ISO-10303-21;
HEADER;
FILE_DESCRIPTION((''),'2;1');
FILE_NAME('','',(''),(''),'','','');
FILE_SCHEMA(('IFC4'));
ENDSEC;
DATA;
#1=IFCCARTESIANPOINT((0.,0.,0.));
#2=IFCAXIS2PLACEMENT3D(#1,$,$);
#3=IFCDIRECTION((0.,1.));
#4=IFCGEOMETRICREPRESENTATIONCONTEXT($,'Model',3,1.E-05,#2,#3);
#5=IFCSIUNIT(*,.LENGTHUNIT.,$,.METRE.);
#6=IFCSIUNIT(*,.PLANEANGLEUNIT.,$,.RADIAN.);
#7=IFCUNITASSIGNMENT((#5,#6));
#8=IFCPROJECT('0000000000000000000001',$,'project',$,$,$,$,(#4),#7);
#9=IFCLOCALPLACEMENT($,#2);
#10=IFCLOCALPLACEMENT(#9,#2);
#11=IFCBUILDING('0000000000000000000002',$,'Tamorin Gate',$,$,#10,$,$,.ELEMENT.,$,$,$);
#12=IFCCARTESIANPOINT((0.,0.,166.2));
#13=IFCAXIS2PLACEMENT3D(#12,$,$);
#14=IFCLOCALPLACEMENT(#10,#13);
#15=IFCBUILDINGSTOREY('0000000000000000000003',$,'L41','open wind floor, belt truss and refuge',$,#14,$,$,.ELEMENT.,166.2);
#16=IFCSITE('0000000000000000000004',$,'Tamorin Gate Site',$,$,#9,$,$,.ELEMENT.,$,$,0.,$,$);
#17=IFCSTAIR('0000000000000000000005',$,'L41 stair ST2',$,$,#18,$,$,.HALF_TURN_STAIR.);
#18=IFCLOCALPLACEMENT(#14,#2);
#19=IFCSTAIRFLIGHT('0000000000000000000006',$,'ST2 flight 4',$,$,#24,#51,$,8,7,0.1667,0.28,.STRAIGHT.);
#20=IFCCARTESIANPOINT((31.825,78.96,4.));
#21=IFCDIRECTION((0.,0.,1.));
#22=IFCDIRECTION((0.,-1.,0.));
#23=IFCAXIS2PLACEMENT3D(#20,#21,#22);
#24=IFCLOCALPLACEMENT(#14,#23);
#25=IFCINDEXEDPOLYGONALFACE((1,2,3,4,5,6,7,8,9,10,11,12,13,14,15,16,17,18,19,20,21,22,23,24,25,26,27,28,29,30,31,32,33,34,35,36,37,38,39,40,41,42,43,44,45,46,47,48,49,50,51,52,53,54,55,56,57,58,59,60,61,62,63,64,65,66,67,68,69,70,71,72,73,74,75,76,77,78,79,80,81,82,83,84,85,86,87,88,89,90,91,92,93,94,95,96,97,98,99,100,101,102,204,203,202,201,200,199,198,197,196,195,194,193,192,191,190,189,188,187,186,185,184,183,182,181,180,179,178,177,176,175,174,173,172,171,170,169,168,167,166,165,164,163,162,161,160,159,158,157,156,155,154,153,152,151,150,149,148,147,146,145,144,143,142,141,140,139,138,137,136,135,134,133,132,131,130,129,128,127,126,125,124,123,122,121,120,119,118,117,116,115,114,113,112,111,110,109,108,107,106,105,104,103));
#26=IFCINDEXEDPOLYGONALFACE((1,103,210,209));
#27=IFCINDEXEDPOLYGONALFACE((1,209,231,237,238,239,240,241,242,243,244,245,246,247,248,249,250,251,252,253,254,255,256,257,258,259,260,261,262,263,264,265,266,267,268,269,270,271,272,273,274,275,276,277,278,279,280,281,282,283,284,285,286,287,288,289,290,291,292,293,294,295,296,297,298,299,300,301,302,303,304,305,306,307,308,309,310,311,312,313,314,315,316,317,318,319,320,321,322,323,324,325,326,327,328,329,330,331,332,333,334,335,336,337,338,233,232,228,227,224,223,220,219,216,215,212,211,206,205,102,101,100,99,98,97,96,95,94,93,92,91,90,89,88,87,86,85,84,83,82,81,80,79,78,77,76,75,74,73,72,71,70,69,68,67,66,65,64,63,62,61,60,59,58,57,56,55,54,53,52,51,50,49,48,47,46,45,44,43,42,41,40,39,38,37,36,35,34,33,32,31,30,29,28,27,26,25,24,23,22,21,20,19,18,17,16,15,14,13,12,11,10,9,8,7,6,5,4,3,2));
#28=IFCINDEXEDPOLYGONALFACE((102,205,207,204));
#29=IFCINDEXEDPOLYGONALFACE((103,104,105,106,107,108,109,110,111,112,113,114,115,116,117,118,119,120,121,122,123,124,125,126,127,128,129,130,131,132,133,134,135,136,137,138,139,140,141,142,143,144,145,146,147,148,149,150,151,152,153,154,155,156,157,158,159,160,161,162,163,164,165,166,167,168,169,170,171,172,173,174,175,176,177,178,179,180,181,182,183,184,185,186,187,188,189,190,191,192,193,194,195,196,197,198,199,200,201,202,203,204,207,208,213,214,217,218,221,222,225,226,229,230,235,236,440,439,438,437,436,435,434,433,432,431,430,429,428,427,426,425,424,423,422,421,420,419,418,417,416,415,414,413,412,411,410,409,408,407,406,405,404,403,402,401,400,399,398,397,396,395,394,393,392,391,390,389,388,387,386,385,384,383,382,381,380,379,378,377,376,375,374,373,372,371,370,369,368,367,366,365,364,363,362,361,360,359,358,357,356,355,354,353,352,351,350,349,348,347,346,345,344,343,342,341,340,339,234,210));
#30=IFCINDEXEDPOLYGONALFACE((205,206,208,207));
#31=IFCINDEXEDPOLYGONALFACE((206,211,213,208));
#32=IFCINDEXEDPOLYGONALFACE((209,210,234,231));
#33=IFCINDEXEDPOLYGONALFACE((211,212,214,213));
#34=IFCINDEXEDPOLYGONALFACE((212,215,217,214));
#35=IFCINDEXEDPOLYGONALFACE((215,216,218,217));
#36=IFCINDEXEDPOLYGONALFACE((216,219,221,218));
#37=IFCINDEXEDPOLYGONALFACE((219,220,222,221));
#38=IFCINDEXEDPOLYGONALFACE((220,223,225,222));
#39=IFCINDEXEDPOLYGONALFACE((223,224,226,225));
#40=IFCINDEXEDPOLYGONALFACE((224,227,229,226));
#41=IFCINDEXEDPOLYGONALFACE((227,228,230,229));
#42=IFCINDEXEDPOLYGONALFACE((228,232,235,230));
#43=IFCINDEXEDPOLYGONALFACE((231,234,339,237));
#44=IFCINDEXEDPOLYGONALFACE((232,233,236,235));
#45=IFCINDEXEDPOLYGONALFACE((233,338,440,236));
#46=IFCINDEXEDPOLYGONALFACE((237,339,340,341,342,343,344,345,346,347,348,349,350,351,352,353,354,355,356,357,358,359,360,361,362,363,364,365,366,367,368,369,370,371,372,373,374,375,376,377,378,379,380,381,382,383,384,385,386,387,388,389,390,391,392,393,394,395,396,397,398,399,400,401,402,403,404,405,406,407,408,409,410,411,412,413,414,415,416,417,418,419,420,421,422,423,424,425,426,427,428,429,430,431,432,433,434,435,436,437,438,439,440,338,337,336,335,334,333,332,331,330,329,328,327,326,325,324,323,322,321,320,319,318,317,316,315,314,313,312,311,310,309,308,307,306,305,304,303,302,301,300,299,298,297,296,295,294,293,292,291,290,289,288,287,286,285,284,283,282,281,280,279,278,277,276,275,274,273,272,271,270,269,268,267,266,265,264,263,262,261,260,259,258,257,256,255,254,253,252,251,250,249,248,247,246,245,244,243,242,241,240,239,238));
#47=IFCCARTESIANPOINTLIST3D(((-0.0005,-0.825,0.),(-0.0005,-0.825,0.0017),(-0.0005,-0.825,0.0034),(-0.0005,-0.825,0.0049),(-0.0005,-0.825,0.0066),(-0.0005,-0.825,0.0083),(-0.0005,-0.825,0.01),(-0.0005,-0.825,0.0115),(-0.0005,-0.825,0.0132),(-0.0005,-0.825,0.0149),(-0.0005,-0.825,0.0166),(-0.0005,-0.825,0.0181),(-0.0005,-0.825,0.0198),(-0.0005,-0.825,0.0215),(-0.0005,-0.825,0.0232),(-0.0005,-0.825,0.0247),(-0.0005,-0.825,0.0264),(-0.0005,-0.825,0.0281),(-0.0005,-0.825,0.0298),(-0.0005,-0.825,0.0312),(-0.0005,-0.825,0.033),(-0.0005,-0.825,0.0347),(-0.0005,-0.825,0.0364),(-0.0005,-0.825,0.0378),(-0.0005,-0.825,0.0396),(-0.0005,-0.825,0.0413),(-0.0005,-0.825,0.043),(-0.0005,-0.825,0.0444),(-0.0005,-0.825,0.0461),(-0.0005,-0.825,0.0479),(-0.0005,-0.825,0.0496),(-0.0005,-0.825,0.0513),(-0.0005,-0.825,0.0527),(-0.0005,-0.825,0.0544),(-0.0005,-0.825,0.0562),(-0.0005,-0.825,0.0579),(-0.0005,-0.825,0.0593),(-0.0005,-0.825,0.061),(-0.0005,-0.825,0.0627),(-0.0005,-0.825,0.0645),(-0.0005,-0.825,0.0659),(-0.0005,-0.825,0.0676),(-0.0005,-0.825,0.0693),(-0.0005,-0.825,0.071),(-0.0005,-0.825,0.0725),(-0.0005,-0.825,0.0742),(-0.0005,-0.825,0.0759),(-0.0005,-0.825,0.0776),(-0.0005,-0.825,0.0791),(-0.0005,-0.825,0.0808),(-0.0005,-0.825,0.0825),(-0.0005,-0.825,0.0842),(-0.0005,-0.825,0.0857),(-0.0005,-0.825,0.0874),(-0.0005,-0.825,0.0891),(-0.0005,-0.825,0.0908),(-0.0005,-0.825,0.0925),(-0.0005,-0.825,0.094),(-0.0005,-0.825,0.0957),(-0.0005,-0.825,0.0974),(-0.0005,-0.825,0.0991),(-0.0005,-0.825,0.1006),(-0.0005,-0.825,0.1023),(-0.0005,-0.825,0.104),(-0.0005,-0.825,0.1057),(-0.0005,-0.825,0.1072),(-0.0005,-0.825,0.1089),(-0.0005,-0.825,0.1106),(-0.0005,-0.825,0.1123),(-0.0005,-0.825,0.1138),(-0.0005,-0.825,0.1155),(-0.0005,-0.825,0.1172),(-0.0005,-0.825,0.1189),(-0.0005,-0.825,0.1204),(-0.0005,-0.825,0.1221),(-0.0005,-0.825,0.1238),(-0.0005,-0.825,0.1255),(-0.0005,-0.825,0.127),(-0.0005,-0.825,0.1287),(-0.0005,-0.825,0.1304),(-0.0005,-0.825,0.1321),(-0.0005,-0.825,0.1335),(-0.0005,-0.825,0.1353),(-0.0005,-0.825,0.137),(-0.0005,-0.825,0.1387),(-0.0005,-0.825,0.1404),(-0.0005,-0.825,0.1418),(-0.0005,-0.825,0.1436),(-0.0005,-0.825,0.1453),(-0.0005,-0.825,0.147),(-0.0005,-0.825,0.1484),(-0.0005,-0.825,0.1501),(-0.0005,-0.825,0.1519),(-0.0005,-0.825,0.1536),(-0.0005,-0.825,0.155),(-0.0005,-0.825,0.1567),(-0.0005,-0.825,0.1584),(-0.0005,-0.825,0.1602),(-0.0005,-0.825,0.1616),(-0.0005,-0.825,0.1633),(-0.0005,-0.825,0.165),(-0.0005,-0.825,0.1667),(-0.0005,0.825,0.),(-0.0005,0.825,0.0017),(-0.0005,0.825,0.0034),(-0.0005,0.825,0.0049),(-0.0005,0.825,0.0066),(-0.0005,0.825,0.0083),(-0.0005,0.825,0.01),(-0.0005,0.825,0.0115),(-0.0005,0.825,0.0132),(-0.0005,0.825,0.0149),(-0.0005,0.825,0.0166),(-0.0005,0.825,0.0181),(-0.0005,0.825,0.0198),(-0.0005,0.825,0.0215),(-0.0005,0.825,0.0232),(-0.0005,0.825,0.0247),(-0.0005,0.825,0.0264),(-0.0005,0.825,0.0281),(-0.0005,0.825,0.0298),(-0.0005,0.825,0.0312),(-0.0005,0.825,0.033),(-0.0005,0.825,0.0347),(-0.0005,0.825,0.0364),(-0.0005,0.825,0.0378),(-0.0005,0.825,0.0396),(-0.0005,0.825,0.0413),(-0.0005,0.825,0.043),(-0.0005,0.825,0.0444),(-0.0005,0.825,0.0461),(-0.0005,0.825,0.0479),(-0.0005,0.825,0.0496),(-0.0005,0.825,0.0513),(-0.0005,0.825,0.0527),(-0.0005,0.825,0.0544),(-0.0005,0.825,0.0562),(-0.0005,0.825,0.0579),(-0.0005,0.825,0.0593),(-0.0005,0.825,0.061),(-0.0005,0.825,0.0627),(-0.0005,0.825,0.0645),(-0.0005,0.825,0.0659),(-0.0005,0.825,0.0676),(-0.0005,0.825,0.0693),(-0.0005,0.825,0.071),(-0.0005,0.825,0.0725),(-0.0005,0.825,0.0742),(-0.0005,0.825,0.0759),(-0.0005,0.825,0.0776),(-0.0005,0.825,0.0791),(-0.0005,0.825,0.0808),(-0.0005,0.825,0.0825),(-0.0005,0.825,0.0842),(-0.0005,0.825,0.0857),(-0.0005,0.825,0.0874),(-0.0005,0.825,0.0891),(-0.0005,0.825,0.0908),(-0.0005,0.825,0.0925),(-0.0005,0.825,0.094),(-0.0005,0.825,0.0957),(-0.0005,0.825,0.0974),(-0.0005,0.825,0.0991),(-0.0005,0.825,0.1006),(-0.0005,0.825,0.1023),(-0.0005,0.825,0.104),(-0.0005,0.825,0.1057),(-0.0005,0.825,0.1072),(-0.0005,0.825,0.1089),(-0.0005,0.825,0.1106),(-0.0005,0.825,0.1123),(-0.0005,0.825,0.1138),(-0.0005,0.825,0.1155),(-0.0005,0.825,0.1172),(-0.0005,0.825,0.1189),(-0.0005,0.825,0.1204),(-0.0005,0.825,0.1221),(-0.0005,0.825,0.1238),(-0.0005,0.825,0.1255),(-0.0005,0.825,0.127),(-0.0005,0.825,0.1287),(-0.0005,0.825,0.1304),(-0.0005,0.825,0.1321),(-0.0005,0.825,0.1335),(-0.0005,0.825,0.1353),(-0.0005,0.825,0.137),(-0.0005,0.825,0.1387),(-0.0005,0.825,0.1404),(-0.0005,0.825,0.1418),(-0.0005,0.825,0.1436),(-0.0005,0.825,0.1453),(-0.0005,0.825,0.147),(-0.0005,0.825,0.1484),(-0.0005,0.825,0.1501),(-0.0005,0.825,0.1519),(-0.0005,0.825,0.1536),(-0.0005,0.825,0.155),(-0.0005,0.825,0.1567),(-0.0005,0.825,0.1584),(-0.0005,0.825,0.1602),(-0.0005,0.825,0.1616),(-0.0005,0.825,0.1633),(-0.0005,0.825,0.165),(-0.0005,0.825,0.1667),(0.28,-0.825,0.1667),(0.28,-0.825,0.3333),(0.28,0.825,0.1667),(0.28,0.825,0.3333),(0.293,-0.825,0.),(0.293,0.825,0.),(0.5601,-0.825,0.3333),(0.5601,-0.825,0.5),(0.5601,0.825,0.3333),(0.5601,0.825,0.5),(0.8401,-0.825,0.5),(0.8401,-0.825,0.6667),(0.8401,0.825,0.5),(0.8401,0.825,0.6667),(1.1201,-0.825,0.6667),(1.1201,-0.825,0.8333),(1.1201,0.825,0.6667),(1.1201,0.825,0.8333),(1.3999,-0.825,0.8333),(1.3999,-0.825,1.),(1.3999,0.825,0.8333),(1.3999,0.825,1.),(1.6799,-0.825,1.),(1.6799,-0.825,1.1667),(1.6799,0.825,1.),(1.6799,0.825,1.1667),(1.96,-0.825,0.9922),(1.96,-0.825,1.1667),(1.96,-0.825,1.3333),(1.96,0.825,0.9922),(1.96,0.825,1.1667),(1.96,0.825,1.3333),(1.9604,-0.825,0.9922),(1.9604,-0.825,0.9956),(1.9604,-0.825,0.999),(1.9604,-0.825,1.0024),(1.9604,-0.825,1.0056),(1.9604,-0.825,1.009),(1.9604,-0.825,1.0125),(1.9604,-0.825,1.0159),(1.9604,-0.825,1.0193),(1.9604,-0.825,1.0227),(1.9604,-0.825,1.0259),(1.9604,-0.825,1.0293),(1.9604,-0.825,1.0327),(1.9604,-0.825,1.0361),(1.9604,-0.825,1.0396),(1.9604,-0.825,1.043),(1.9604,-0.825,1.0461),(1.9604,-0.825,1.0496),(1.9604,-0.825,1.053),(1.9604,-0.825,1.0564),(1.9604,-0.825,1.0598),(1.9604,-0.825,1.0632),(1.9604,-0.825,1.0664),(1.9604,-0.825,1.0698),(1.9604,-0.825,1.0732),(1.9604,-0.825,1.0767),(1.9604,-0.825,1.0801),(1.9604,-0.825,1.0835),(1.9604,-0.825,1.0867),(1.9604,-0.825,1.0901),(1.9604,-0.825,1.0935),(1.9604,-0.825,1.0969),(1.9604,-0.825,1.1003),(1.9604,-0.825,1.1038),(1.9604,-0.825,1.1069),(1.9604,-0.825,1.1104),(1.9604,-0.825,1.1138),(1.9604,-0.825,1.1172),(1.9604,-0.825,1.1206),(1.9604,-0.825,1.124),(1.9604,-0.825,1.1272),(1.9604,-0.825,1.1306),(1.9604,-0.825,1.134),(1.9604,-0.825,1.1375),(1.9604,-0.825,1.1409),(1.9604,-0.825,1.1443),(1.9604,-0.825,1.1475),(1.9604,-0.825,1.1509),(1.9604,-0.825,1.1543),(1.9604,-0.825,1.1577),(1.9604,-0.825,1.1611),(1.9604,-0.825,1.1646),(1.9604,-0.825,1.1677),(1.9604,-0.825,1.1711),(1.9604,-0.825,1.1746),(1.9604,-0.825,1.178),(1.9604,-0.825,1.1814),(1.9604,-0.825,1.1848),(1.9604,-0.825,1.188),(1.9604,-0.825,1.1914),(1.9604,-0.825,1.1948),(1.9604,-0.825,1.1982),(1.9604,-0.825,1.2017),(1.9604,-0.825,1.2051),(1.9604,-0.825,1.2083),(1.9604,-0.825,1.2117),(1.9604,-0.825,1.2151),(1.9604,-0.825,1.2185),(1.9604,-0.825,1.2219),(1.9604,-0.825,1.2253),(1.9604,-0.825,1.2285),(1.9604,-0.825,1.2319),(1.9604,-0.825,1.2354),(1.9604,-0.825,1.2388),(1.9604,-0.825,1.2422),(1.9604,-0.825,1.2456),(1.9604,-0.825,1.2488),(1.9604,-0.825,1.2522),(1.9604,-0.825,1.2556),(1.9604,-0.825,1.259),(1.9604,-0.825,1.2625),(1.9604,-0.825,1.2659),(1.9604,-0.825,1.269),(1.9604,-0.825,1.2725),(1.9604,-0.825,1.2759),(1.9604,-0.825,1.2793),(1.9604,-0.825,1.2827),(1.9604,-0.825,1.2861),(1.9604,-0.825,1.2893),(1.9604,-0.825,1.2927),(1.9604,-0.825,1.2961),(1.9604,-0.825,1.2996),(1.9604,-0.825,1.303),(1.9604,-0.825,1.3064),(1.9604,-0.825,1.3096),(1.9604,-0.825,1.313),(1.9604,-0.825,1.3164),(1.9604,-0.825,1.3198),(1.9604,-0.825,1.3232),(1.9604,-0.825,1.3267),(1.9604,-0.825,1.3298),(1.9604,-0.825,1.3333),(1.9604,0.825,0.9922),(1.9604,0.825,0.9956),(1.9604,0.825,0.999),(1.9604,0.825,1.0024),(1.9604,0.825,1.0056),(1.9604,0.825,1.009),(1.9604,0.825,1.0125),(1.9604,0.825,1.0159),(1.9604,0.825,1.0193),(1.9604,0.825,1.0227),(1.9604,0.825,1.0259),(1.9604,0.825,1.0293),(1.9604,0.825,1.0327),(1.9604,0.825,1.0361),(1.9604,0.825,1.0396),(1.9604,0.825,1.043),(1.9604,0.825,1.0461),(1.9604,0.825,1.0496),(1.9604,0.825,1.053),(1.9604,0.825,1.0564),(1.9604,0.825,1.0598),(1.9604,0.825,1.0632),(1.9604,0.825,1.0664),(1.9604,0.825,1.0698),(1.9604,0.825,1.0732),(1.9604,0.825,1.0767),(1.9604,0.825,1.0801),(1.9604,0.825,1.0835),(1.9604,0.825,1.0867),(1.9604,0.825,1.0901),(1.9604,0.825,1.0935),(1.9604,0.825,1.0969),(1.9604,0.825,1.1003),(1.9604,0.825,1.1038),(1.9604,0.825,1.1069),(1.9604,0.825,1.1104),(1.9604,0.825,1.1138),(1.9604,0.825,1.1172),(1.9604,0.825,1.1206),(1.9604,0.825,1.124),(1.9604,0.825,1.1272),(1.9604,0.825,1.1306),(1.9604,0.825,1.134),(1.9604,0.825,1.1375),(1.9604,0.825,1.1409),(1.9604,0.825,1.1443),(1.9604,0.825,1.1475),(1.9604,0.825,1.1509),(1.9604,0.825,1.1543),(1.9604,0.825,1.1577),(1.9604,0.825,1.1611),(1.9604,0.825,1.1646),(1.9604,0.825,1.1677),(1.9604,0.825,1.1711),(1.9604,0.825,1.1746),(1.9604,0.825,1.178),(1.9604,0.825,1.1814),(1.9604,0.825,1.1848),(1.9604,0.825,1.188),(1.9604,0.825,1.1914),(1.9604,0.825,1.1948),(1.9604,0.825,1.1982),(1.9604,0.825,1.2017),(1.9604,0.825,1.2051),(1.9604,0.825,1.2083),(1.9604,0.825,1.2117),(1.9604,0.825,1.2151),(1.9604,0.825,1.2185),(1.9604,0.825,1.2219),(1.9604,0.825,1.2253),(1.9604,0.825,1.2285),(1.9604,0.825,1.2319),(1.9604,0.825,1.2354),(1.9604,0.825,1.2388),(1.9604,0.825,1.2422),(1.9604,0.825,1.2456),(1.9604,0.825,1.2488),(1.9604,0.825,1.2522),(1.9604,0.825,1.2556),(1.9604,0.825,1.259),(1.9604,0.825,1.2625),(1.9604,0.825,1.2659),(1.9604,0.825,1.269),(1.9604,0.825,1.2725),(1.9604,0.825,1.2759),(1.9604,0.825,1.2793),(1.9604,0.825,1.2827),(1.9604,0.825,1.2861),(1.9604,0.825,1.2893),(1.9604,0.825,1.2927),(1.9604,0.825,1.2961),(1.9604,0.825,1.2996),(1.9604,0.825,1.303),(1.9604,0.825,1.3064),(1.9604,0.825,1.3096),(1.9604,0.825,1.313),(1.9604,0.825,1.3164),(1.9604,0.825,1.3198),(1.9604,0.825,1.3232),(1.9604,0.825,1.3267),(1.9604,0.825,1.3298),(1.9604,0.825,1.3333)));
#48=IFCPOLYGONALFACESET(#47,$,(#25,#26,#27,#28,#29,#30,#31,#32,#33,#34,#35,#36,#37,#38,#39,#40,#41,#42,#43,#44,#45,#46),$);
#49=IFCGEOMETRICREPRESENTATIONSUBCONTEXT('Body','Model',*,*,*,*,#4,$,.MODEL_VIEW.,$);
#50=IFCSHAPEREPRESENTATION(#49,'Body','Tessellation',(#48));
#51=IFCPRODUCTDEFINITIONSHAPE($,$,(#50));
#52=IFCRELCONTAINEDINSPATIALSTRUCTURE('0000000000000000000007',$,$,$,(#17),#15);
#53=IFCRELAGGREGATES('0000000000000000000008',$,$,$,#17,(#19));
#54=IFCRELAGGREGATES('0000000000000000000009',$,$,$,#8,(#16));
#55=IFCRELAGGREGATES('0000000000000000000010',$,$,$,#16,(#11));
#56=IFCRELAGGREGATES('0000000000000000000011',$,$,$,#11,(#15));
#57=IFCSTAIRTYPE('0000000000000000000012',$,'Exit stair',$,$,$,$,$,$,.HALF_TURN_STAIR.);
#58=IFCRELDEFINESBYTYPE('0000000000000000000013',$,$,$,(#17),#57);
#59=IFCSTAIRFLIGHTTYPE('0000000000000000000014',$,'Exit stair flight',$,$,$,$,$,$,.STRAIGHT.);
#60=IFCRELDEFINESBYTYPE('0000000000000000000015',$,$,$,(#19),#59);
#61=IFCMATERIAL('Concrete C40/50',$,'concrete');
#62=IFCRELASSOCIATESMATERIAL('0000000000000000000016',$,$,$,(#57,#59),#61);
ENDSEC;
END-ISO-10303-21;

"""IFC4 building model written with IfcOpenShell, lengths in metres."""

from ifc_helpers import new_model, si_unit, direction, frame, origin, place, context, subcontext, project, spatial, polyline, outline, extrude, material, type_object, element, aggregate, save


model = new_model("IFC4")

# Units and contexts
model_context = context("Model", 3, precision=1e-05, world=origin(), true_north=direction((0.0, 1.0)))
body_context = subcontext(model_context, "Body", "Model", "MODEL_VIEW")
ifc_project = project(units=[si_unit("LENGTHUNIT", "METRE"), si_unit("PLANEANGLEUNIT", "RADIAN")], contexts=[model_context])

# Site, building, storey
site_placement = place(None, origin())
site = spatial("IfcSite", under=ifc_project, at=site_placement, Name="Tamorin Gate Site", CompositionType="ELEMENT", RefElevation=0.0)
building_placement = place(site_placement, origin())
building = spatial("IfcBuilding", under=site, at=building_placement, Name="Tamorin Gate", CompositionType="ELEMENT")
storey_placement = place(building_placement, frame((0.0, 0.0, 166.2)))
storey = spatial("IfcBuildingStorey", under=building, at=storey_placement, Name="L41", Description="open wind floor, belt truss and refuge", CompositionType="ELEMENT", Elevation=166.2)

# Stair, stair flight
ifc_material_1 = material(Name="Concrete C40/50", Category="concrete")
stair_type = type_object("IfcStairType", Name="Exit stair", PredefinedType="HALF_TURN_STAIR", material=ifc_material_1)
stair_placement = place(storey_placement, origin())
stair = element("IfcStair", 1, at=stair_placement, inside=storey, type_object=stair_type, Name="L41 stair ST2", PredefinedType="HALF_TURN_STAIR")
stair_flight_type = type_object("IfcStairFlightType", Name="Exit stair flight", PredefinedType="STRAIGHT", material=ifc_material_1)
stair_flight_1_placement = place(storey_placement, frame((31.825, 78.96, 4.0), z_axis=(0.0, 0.0, 1.0), x_axis=(0.0, -1.0, 0.0)))
stair_flight_1 = element("IfcStairFlight", 2, at=stair_flight_1_placement, type_object=stair_flight_type, Name="ST2 flight 4", NumberOfRisers=8, NumberOfTreads=7, PredefinedType="STRAIGHT", RiserHeight=0.1667, TreadLength=0.28, context=body_context, shape_type="SweptSolid", body=[
    extrude(outline(polyline([(-0.0005, 0.0), (-0.0005, 0.0017), (-0.0005, 0.0034), (-0.0005, 0.0049), (-0.0005, 0.0066), (-0.0005, 0.0083), (-0.0005, 0.01), (-0.0005, 0.0115), (-0.0005, 0.0132), (-0.0005, 0.0149), (-0.0005, 0.0166), (-0.0005, 0.0181), (-0.0005, 0.0198), (-0.0005, 0.0215), (-0.0005, 0.0232), (-0.0005, 0.0247), (-0.0005, 0.0264), (-0.0005, 0.0281), (-0.0005, 0.0298), (-0.0005, 0.0312), (-0.0005, 0.033), (-0.0005, 0.0347), (-0.0005, 0.0364), (-0.0005, 0.0378), (-0.0005, 0.0396), (-0.0005, 0.0413), (-0.0005, 0.043), (-0.0005, 0.0444), (-0.0005, 0.0461), (-0.0005, 0.0479), (-0.0005, 0.0496), (-0.0005, 0.0513), (-0.0005, 0.0527), (-0.0005, 0.0544), (-0.0005, 0.0562), (-0.0005, 0.0579), (-0.0005, 0.0593), (-0.0005, 0.061), (-0.0005, 0.0627), (-0.0005, 0.0645), (-0.0005, 0.0659), (-0.0005, 0.0676), (-0.0005, 0.0693), (-0.0005, 0.071), (-0.0005, 0.0725), (-0.0005, 0.0742), (-0.0005, 0.0759), (-0.0005, 0.0776), (-0.0005, 0.0791), (-0.0005, 0.0808), (-0.0005, 0.0825), (-0.0005, 0.0842), (-0.0005, 0.0857), (-0.0005, 0.0874), (-0.0005, 0.0891), (-0.0005, 0.0908), (-0.0005, 0.0925), (-0.0005, 0.094), (-0.0005, 0.0957), (-0.0005, 0.0974), (-0.0005, 0.0991), (-0.0005, 0.1006), (-0.0005, 0.1023), (-0.0005, 0.104), (-0.0005, 0.1057), (-0.0005, 0.1072), (-0.0005, 0.1089), (-0.0005, 0.1106), (-0.0005, 0.1123), (-0.0005, 0.1138), (-0.0005, 0.1155), (-0.0005, 0.1172), (-0.0005, 0.1189), (-0.0005, 0.1204), (-0.0005, 0.1221), (-0.0005, 0.1238), (-0.0005, 0.1255), (-0.0005, 0.127), (-0.0005, 0.1287), (-0.0005, 0.1304), (-0.0005, 0.1321), (-0.0005, 0.1335), (-0.0005, 0.1353), (-0.0005, 0.137), (-0.0005, 0.1387), (-0.0005, 0.1404), (-0.0005, 0.1418), (-0.0005, 0.1436), (-0.0005, 0.1453), (-0.0005, 0.147), (-0.0005, 0.1484), (-0.0005, 0.1501), (-0.0005, 0.1519), (-0.0005, 0.1536), (-0.0005, 0.155), (-0.0005, 0.1567), (-0.0005, 0.1584), (-0.0005, 0.1602), (-0.0005, 0.1616), (-0.0005, 0.1633), (-0.0005, 0.165), (-0.0005, 0.1667), (0.28, 0.1667), (0.28, 0.3333), (0.5601, 0.3333), (0.5601, 0.5), (0.8401, 0.5), (0.8401, 0.6667), (1.1201, 0.6667), (1.1201, 0.8333), (1.3999, 0.8333), (1.3999, 1.0), (1.6799, 1.0), (1.6799, 1.1667), (1.96, 1.1667), (1.96, 1.3333), (1.9604, 1.3333), (1.9604, 1.3298), (1.9604, 1.3267), (1.9604, 1.3232), (1.9604, 1.3198), (1.9604, 1.3164), (1.9604, 1.313), (1.9604, 1.3096), (1.9604, 1.3064), (1.9604, 1.303), (1.9604, 1.2996), (1.9604, 1.2961), (1.9604, 1.2927), (1.9604, 1.2893), (1.9604, 1.2861), (1.9604, 1.2827), (1.9604, 1.2793), (1.9604, 1.2759), (1.9604, 1.2725), (1.9604, 1.269), (1.9604, 1.2659), (1.9604, 1.2625), (1.9604, 1.259), (1.9604, 1.2556), (1.9604, 1.2522), (1.9604, 1.2488), (1.9604, 1.2456), (1.9604, 1.2422), (1.9604, 1.2388), (1.9604, 1.2354), (1.9604, 1.2319), (1.9604, 1.2285), (1.9604, 1.2253), (1.9604, 1.2219), (1.9604, 1.2185), (1.9604, 1.2151), (1.9604, 1.2117), (1.9604, 1.2083), (1.9604, 1.2051), (1.9604, 1.2017), (1.9604, 1.1982), (1.9604, 1.1948), (1.9604, 1.1914), (1.9604, 1.188), (1.9604, 1.1848), (1.9604, 1.1814), (1.9604, 1.178), (1.9604, 1.1746), (1.9604, 1.1711), (1.9604, 1.1677), (1.9604, 1.1646), (1.9604, 1.1611), (1.9604, 1.1577), (1.9604, 1.1543), (1.9604, 1.1509), (1.9604, 1.1475), (1.9604, 1.1443), (1.9604, 1.1409), (1.9604, 1.1375), (1.9604, 1.134), (1.9604, 1.1306), (1.9604, 1.1272), (1.9604, 1.124), (1.9604, 1.1206), (1.9604, 1.1172), (1.9604, 1.1138), (1.9604, 1.1104), (1.9604, 1.1069), (1.9604, 1.1038), (1.9604, 1.1003), (1.9604, 1.0969), (1.9604, 1.0935), (1.9604, 1.0901), (1.9604, 1.0867), (1.9604, 1.0835), (1.9604, 1.0801), (1.9604, 1.0767), (1.9604, 1.0732), (1.9604, 1.0698), (1.9604, 1.0664), (1.9604, 1.0632), (1.9604, 1.0598), (1.9604, 1.0564), (1.9604, 1.053), (1.9604, 1.0496), (1.9604, 1.0461), (1.9604, 1.043), (1.9604, 1.0396), (1.9604, 1.0361), (1.9604, 1.0327), (1.9604, 1.0293), (1.9604, 1.0259), (1.9604, 1.0227), (1.9604, 1.0193), (1.9604, 1.0159), (1.9604, 1.0125), (1.9604, 1.009), (1.9604, 1.0056), (1.9604, 1.0024), (1.9604, 0.999), (1.9604, 0.9956), (1.9604, 0.9922), (1.96, 0.9922), (0.293, 0.0), (-0.0005, 0.0)])), frame((0.0, 0.825, 0.0), z_axis=(0.0, -1.0, 0.0), x_axis=(1.0, 0.0, 0.0)), (0.0, 0.0, 1.0), 1.6499),
])
aggregate(stair, [stair_flight_1])

save(model, "model.ifc")
